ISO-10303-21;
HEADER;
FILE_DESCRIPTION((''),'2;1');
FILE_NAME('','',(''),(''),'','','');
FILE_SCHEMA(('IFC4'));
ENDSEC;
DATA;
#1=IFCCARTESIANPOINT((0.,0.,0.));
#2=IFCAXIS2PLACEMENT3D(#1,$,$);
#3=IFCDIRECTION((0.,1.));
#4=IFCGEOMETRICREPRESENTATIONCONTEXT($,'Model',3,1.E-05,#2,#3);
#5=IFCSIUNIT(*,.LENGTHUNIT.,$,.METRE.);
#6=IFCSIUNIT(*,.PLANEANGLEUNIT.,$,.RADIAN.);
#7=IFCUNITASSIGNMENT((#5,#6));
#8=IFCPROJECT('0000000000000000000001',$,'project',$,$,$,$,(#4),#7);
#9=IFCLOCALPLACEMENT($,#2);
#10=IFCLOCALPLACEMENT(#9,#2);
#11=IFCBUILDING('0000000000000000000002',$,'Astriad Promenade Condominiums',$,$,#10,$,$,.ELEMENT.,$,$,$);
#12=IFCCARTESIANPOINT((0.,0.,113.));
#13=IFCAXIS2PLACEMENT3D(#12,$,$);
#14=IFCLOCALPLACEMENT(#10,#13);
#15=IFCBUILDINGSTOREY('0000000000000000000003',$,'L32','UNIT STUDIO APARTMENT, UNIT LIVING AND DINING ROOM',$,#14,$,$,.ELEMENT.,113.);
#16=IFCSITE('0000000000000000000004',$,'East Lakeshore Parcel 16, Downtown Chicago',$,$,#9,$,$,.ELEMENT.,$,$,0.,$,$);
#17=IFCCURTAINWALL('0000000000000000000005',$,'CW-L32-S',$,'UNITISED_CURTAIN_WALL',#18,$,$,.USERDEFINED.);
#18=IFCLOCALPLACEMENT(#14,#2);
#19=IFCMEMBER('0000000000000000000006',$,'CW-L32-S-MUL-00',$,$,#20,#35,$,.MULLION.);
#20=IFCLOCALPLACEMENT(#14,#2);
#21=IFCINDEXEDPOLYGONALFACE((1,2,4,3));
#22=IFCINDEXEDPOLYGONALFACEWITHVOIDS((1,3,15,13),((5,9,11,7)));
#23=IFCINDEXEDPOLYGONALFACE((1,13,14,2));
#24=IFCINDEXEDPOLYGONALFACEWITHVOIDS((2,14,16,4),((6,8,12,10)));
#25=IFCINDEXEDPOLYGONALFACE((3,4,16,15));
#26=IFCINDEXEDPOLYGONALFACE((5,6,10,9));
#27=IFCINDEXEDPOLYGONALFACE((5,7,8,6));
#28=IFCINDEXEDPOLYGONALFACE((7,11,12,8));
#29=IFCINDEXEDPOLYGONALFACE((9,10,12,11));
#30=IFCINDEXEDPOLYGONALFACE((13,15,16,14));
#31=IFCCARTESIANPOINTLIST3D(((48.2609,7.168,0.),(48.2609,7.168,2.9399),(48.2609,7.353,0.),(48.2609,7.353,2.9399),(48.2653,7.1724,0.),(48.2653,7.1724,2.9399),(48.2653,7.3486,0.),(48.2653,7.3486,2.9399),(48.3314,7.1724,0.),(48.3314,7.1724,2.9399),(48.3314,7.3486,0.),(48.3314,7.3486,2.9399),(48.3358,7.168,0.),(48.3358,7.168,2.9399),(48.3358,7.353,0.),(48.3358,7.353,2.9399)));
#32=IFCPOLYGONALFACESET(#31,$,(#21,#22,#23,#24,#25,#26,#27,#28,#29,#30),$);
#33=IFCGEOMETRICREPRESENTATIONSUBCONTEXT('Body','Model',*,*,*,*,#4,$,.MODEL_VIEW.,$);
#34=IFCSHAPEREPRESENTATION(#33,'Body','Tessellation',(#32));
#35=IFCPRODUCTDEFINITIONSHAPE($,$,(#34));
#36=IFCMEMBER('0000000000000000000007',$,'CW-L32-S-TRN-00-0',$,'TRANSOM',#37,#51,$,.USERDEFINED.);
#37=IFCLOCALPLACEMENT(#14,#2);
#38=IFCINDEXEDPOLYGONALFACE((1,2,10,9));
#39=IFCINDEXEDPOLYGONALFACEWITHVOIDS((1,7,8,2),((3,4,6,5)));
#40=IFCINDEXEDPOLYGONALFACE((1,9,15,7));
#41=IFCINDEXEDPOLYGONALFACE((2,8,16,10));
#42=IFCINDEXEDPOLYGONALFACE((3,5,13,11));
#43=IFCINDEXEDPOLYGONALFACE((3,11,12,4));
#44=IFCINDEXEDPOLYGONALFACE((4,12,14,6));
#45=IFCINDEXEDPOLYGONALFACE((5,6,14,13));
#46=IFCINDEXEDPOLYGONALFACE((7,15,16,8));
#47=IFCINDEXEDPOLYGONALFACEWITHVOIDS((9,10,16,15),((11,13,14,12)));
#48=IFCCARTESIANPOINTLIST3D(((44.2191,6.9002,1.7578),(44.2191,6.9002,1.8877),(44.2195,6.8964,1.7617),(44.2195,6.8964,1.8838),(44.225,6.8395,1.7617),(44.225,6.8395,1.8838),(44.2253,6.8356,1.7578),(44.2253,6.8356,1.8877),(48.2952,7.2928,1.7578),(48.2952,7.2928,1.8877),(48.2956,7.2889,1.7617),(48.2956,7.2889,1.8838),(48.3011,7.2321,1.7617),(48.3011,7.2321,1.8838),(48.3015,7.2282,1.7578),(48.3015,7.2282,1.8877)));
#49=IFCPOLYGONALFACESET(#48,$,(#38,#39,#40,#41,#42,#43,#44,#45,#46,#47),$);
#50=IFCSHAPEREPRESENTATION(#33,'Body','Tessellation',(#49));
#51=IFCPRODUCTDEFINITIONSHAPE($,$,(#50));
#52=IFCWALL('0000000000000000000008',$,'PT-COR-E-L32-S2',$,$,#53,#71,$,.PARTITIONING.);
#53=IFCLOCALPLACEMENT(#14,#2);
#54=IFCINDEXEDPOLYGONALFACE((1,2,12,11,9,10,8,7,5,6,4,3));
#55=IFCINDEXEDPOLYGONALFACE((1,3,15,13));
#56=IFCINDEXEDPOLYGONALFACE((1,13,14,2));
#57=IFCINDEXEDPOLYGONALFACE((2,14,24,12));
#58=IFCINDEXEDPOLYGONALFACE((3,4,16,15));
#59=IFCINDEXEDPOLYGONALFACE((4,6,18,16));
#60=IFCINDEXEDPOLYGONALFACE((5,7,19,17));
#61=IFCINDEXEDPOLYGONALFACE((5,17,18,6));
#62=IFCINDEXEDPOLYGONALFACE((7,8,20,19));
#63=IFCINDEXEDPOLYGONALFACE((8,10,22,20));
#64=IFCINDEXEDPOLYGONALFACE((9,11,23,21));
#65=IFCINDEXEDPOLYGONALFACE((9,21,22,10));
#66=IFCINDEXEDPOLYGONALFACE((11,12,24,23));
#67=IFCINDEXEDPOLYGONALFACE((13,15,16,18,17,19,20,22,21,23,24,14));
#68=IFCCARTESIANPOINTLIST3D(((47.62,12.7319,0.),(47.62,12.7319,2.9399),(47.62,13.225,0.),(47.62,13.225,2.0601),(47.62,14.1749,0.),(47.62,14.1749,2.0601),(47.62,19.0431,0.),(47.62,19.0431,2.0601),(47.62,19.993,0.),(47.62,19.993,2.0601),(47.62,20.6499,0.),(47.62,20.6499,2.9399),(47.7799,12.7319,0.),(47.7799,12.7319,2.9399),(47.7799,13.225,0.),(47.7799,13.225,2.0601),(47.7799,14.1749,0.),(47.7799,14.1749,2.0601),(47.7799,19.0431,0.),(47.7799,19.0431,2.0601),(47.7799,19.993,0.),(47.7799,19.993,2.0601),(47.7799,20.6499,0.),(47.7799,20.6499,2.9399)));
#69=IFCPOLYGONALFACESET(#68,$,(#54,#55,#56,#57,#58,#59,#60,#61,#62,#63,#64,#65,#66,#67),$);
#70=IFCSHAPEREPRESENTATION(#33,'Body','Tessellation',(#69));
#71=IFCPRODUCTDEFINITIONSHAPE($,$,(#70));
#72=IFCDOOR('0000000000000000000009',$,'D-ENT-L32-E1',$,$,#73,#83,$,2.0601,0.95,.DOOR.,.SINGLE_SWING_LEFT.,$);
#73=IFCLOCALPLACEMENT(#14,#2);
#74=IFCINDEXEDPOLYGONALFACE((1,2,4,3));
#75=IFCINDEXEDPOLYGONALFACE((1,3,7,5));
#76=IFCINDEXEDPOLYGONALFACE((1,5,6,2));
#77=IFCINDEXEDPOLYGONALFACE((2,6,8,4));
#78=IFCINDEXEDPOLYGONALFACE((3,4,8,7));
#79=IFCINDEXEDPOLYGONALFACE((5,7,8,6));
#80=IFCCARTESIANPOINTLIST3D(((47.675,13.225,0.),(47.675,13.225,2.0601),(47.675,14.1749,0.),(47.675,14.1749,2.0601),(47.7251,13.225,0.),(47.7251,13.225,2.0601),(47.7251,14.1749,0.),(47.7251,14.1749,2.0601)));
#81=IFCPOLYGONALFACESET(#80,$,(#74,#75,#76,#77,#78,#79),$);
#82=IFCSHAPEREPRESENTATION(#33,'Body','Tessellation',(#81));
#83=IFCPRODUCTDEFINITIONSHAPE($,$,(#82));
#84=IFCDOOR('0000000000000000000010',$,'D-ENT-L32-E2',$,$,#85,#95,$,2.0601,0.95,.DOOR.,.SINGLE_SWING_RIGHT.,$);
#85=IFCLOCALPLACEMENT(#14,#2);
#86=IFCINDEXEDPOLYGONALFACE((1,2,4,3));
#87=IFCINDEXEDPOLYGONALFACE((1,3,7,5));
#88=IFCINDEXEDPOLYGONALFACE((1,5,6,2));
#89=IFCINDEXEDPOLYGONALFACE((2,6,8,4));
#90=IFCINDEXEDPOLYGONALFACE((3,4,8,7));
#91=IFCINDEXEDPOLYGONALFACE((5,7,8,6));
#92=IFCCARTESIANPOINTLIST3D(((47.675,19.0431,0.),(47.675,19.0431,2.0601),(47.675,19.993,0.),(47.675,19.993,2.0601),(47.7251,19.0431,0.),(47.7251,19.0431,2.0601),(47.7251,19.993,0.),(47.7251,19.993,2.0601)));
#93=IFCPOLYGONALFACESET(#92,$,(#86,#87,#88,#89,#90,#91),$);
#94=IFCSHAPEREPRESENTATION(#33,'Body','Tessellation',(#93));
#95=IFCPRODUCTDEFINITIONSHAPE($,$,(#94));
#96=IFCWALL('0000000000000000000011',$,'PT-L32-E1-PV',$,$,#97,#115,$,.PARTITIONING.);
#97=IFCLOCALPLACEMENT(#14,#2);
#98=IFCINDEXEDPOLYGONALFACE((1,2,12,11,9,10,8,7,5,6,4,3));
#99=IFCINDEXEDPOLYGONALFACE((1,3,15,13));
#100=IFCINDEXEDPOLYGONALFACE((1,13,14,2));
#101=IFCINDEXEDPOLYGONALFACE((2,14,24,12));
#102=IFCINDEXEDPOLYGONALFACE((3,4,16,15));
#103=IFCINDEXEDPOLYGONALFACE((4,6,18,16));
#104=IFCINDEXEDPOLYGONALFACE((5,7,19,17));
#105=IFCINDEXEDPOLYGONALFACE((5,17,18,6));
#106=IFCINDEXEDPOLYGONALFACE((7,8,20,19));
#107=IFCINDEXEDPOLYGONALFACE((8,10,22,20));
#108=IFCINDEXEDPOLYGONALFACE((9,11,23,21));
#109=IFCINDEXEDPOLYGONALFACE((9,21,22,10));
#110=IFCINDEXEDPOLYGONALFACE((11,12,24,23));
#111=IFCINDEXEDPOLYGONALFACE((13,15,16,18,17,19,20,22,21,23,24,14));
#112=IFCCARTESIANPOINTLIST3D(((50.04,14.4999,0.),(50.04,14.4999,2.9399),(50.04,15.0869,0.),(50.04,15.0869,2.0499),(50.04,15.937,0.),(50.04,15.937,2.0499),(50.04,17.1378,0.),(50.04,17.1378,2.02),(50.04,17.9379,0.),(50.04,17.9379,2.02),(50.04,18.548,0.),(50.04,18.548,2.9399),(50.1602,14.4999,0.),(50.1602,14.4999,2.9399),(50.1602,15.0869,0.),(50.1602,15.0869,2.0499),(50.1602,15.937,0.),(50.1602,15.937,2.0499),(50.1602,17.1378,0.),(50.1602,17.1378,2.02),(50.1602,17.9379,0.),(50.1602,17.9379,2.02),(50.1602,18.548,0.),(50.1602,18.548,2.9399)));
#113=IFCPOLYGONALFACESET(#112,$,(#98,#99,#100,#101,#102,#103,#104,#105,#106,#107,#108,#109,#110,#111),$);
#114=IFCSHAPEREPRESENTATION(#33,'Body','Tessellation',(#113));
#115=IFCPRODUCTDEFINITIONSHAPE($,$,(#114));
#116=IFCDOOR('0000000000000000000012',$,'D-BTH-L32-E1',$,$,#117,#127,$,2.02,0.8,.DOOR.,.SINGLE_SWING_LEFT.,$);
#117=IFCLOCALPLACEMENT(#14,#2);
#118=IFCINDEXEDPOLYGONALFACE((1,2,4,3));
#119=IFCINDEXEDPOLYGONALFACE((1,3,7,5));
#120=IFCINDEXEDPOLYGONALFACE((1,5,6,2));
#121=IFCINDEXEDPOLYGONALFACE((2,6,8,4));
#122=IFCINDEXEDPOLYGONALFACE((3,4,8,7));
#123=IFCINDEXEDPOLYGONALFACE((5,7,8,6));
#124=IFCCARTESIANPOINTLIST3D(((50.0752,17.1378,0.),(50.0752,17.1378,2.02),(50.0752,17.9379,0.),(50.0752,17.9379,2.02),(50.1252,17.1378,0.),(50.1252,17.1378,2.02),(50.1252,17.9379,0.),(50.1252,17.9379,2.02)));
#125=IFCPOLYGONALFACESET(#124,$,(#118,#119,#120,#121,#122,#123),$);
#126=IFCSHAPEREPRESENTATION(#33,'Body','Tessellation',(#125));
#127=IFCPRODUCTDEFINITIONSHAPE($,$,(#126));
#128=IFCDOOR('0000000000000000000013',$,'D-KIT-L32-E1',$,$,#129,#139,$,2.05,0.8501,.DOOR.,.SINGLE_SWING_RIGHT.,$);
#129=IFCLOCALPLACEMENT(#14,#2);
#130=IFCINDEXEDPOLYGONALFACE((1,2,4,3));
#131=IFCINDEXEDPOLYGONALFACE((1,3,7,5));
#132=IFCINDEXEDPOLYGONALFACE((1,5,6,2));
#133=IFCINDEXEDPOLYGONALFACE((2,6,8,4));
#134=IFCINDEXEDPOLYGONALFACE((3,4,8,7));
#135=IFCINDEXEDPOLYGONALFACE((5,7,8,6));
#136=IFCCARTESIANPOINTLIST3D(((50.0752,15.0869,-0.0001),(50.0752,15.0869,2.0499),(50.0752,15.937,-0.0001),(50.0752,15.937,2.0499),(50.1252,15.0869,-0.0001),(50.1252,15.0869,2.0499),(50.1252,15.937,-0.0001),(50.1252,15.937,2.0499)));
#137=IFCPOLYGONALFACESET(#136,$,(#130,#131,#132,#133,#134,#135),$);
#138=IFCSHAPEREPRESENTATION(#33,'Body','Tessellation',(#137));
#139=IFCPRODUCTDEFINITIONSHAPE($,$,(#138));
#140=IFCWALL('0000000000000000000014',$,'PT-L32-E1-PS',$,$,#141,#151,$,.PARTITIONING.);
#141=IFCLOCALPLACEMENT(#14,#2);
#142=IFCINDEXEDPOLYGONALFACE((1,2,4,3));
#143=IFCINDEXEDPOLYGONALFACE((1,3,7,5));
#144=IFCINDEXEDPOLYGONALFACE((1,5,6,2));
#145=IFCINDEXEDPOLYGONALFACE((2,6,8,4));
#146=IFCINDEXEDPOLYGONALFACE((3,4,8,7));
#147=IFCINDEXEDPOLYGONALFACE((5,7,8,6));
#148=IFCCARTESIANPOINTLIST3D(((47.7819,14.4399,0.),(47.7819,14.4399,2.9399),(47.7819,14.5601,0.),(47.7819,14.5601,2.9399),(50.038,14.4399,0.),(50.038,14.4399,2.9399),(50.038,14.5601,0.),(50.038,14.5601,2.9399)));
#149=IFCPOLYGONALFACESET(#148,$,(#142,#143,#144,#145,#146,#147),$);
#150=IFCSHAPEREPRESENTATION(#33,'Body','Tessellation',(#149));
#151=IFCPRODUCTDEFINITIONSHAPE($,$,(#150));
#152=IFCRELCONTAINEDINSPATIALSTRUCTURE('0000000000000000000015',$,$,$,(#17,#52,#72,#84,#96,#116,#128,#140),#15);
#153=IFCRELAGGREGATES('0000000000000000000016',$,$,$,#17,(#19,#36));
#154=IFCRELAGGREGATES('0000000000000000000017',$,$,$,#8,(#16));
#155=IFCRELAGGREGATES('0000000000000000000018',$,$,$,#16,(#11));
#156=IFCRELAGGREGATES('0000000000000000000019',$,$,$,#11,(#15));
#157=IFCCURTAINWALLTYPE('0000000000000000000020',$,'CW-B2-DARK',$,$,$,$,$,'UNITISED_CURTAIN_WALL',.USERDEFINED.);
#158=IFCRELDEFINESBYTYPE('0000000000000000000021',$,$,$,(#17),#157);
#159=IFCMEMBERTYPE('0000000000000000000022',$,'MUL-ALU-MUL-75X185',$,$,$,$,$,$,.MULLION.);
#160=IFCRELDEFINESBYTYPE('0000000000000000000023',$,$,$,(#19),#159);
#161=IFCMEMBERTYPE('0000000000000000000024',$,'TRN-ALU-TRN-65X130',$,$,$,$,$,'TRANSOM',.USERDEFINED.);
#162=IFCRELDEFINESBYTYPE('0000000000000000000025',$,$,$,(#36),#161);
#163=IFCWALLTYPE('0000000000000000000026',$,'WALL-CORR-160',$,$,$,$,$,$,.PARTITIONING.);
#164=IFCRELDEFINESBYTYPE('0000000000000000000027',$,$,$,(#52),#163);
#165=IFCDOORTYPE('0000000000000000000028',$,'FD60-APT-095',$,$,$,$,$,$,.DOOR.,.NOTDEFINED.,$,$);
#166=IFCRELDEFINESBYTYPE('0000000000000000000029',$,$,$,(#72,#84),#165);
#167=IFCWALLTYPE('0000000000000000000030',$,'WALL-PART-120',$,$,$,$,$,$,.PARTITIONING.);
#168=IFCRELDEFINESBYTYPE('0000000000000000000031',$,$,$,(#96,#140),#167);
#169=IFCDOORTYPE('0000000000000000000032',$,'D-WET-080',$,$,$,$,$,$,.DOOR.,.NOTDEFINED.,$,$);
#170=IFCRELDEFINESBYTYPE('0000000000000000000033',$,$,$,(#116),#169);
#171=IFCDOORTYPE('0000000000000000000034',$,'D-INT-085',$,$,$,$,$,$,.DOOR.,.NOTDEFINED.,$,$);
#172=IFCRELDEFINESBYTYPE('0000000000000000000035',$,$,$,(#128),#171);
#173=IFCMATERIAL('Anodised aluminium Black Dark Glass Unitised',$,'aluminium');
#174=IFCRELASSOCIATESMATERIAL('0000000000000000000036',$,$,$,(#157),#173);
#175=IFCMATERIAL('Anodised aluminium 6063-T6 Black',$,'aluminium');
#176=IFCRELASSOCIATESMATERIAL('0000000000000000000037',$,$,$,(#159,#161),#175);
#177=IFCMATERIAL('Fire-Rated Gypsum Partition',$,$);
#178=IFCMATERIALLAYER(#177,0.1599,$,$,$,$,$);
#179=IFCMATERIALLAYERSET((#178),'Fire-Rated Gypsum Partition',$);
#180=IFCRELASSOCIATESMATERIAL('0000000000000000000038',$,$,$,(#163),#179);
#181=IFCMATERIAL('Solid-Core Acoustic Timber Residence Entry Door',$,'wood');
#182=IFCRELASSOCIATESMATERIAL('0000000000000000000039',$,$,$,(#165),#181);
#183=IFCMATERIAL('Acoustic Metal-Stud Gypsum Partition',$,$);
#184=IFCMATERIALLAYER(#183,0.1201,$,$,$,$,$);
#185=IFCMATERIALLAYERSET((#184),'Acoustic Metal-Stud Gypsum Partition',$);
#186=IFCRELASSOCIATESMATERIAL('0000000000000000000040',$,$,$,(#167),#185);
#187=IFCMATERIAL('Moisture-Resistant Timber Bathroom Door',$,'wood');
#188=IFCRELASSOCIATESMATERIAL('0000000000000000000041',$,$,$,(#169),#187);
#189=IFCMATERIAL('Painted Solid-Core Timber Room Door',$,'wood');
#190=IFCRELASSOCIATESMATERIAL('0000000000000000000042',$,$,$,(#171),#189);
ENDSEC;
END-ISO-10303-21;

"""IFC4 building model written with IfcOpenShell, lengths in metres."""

from ifc_helpers import new_model, si_unit, direction, frame, frame_2d, origin, origin_2d, place, context, subcontext, project, spatial, rectangle, hollow_rectangle, extrude, source, transform, mapped, material, layer, layer_set, material_profile, profile_set, type_object, type_shapes, element, fill, aggregate, save


model = new_model("IFC4")

# Units and contexts
model_context = context("Model", 3, precision=1e-05, world=origin(), true_north=direction((0.0, 1.0)))
body_context = subcontext(model_context, "Body", "Model", "MODEL_VIEW")
ifc_project = project(units=[si_unit("LENGTHUNIT", "METRE"), si_unit("PLANEANGLEUNIT", "RADIAN")], contexts=[model_context])

# Site, building, storey
site_placement = place(None, origin())
site = spatial("IfcSite", under=ifc_project, at=site_placement, Name="East Lakeshore Parcel 16, Downtown Chicago", CompositionType="ELEMENT", RefElevation=0.0)
building_placement = place(site_placement, origin())
building = spatial("IfcBuilding", under=site, at=building_placement, Name="Astriad Promenade Condominiums", CompositionType="ELEMENT")
storey_placement = place(building_placement, frame((0.0, 0.0, 113.0)))
storey = spatial("IfcBuildingStorey", under=building, at=storey_placement, Name="L32", Description="UNIT STUDIO APARTMENT, UNIT LIVING AND DINING ROOM", CompositionType="ELEMENT", Elevation=113.0)

# Curtain wall, members
ifc_material_1 = material(Name="Anodised aluminium Black Dark Glass Unitised", Category="aluminium")
curtain_wall_type = type_object("IfcCurtainWallType", Name="CW-B2-DARK", ElementType="UNITISED_CURTAIN_WALL", PredefinedType="USERDEFINED", material=ifc_material_1)
curtain_wall_placement = place(storey_placement, origin())
curtain_wall = element("IfcCurtainWall", 1, at=curtain_wall_placement, inside=storey, type_object=curtain_wall_type, Name="CW-L32-S", ObjectType="UNITISED_CURTAIN_WALL", PredefinedType="USERDEFINED")
ifc_material_2 = material(Name="Anodised aluminium 6063-T6 Black", Category="aluminium")
ifc_material_profile_1 = material_profile(ifc_material_2, hollow_rectangle(XDim=0.075, YDim=0.1851, WallThickness=0.0044, at=origin_2d()), Name="ALU-MUL-75X185")
ifc_profile_set_1 = profile_set([ifc_material_profile_1], Name="Anodised aluminium 6063-T6 Black")
member_type_1 = type_object("IfcMemberType", Name="MUL-ALU-MUL-75X185", PredefinedType="MULLION", material=ifc_profile_set_1)
shared_shape_1 = source(origin(), body_context, "Body", "SweptSolid", [
    extrude(hollow_rectangle(XDim=0.075, YDim=0.1851, WallThickness=0.0044, at=origin_2d()), origin(), (0.0, 0.0, 1.0), 2.9399),
])
type_shapes(member_type_1, [shared_shape_1])
member_1_placement = place(storey_placement, frame((48.2983, 7.2605, 0.0), z_axis=(0.0, 0.0, 1.0), x_axis=(1.0, 0.0, 0.0)))
member_1 = element("IfcMember", 2, at=member_1_placement, type_object=member_type_1, Name="CW-L32-S-MUL-00", PredefinedType="MULLION", context=body_context, shape_type="MappedRepresentation", body=[
    mapped(shared_shape_1, transform((0.0, 0.0, 0.0), scale=1.0)),
])
ifc_material_profile_2 = material_profile(ifc_material_2, hollow_rectangle(XDim=0.0649, YDim=0.1299, WallThickness=0.0039, at=origin_2d()), Name="ALU-TRN-65X130")
ifc_profile_set_2 = profile_set([ifc_material_profile_2], Name="Anodised aluminium 6063-T6 Black")
member_type_2 = type_object("IfcMemberType", Name="TRN-ALU-TRN-65X130", ElementType="TRANSOM", PredefinedType="USERDEFINED", material=ifc_profile_set_2)
shared_shape_2 = source(origin(), body_context, "Body", "SweptSolid", [
    extrude(hollow_rectangle(XDim=0.0649, YDim=0.1299, WallThickness=0.0039, at=origin_2d()), origin(), (0.0, 0.0, 1.0), 4.095),
])
type_shapes(member_type_2, [shared_shape_2])
member_2_placement = place(storey_placement, frame((48.2983, 7.2605, 1.8228), z_axis=(-0.995394, -0.095867, 0.0), x_axis=(0.095867, -0.995394, 0.0)))
member_2 = element("IfcMember", 3, at=member_2_placement, type_object=member_type_2, Name="CW-L32-S-TRN-00-0", ObjectType="TRANSOM", PredefinedType="USERDEFINED", context=body_context, shape_type="MappedRepresentation", body=[
    mapped(shared_shape_2, transform((0.0, 0.0, 0.0), scale=1.0)),
])
aggregate(curtain_wall, [member_1, member_2])

# Walls, openings, doors
ifc_material_3 = material(Name="Fire-Rated Gypsum Partition")
ifc_layer_1 = layer(ifc_material_3, 0.1599)
ifc_layer_set_1 = layer_set([ifc_layer_1], Name="Fire-Rated Gypsum Partition")
wall_type_1 = type_object("IfcWallType", Name="WALL-CORR-160", PredefinedType="PARTITIONING", material=ifc_layer_set_1)
wall_1_placement = place(storey_placement, frame((47.7, 12.7319, 0.0), z_axis=(0.0, 0.0, 1.0), x_axis=(0.0, 1.0, 0.0)))
wall_1 = element("IfcWall", 4, at=wall_1_placement, inside=storey, type_object=wall_type_1, Name="PT-COR-E-L32-S2", PredefinedType="PARTITIONING", context=body_context, shape_type="SweptSolid", body=[
    extrude(rectangle(XDim=7.918, YDim=0.1599, at=frame_2d((3.959, 0.0))), origin(), (0.0, 0.0, 1.0), 2.9399),
])
opening_1_placement = place(wall_1_placement, frame((0.4929, 0.0, 0.0)))
opening_1 = element("IfcOpeningElement", 5, at=opening_1_placement, cuts=wall_1, PredefinedType="OPENING", context=body_context, shape_type="SweptSolid", body=[
    extrude(rectangle(XDim=0.95, YDim=2.0601, at=frame_2d((0.4751, 1.03))), frame((0.0, 0.0898, 0.0), z_axis=(0.0, -1.0, 0.0), x_axis=(1.0, 0.0, 0.0)), (0.0, 0.0, 1.0), 0.1799),
])
opening_2_placement = place(wall_1_placement, frame((6.311, 0.0, 0.0)))
opening_2 = element("IfcOpeningElement", 6, at=opening_2_placement, cuts=wall_1, PredefinedType="OPENING", context=body_context, shape_type="SweptSolid", body=[
    extrude(rectangle(XDim=0.95, YDim=2.0601, at=frame_2d((0.4751, 1.03))), frame((0.0, 0.0898, 0.0), z_axis=(0.0, -1.0, 0.0), x_axis=(1.0, 0.0, 0.0)), (0.0, 0.0, 1.0), 0.1799),
])
ifc_material_4 = material(Name="Solid-Core Acoustic Timber Residence Entry Door", Category="wood")
door_type_1 = type_object("IfcDoorType", Name="FD60-APT-095", OperationType="NOTDEFINED", PredefinedType="DOOR", material=ifc_material_4)
shared_shape_3 = source(origin(), body_context, "Body", "SweptSolid", [
    extrude(rectangle(XDim=0.95, YDim=2.0601, at=frame_2d((0.4751, 1.03))), frame((0.0, 0.0249, 0.0), z_axis=(0.0, -1.0, 0.0), x_axis=(1.0, 0.0, 0.0)), (0.0, 0.0, 1.0), 0.05),
])
type_shapes(door_type_1, [shared_shape_3])
door_1_placement = place(opening_1_placement, origin())
door_1 = element("IfcDoor", 7, at=door_1_placement, inside=storey, type_object=door_type_1, Name="D-ENT-L32-E1", OperationType="SINGLE_SWING_LEFT", OverallHeight=2.0601, OverallWidth=0.95, PredefinedType="DOOR", context=body_context, shape_type="MappedRepresentation", body=[
    mapped(shared_shape_3, transform((0.0, 0.0, 0.0), scale=1.0)),
])
fill(opening_1, door_1)
door_2_placement = place(opening_2_placement, origin())
door_2 = element("IfcDoor", 8, at=door_2_placement, inside=storey, type_object=door_type_1, Name="D-ENT-L32-E2", OperationType="SINGLE_SWING_RIGHT", OverallHeight=2.0601, OverallWidth=0.95, PredefinedType="DOOR", context=body_context, shape_type="MappedRepresentation", body=[
    mapped(shared_shape_3, transform((0.0, 0.0, 0.0), scale=1.0)),
])
fill(opening_2, door_2)
ifc_material_5 = material(Name="Acoustic Metal-Stud Gypsum Partition")
ifc_layer_2 = layer(ifc_material_5, 0.1201)
ifc_layer_set_2 = layer_set([ifc_layer_2], Name="Acoustic Metal-Stud Gypsum Partition")
wall_type_2 = type_object("IfcWallType", Name="WALL-PART-120", PredefinedType="PARTITIONING", material=ifc_layer_set_2)
wall_2_placement = place(storey_placement, frame((50.1001, 14.5, 0.0), z_axis=(0.0, 0.0, 1.0), x_axis=(0.0, 1.0, 0.0)))
wall_2 = element("IfcWall", 9, at=wall_2_placement, inside=storey, type_object=wall_type_2, Name="PT-L32-E1-PV", PredefinedType="PARTITIONING", context=body_context, shape_type="SweptSolid", body=[
    extrude(rectangle(XDim=4.0481, YDim=0.1201, at=frame_2d((2.0239, 0.0))), origin(), (0.0, 0.0, 1.0), 2.9399),
])
opening_3_placement = place(wall_2_placement, frame((0.5869, 0.0, 0.0)))
opening_3 = element("IfcOpeningElement", 10, at=opening_3_placement, cuts=wall_2, PredefinedType="OPENING", context=body_context, shape_type="SweptSolid", body=[
    extrude(rectangle(XDim=0.8501, YDim=2.05, at=frame_2d((0.425, 1.0249))), frame((0.0, 0.0701, 0.0), z_axis=(0.0, -1.0, 0.0), x_axis=(1.0, 0.0, 0.0)), (0.0, 0.0, 1.0), 0.1401),
])
opening_4_placement = place(wall_2_placement, frame((2.6379, 0.0, 0.0)))
opening_4 = element("IfcOpeningElement", 11, at=opening_4_placement, cuts=wall_2, PredefinedType="OPENING", context=body_context, shape_type="SweptSolid", body=[
    extrude(rectangle(XDim=0.8, YDim=2.02, at=frame_2d((0.3999, 1.01))), frame((0.0, 0.0701, 0.0), z_axis=(0.0, -1.0, 0.0), x_axis=(1.0, 0.0, 0.0)), (0.0, 0.0, 1.0), 0.1401),
])
ifc_material_6 = material(Name="Moisture-Resistant Timber Bathroom Door", Category="wood")
door_type_2 = type_object("IfcDoorType", Name="D-WET-080", OperationType="NOTDEFINED", PredefinedType="DOOR", material=ifc_material_6)
shared_shape_4 = source(origin(), body_context, "Body", "SweptSolid", [
    extrude(rectangle(XDim=0.8, YDim=2.02, at=frame_2d((0.3999, 1.01))), frame((0.0, 0.0249, 0.0), z_axis=(0.0, -1.0, 0.0), x_axis=(1.0, 0.0, 0.0)), (0.0, 0.0, 1.0), 0.05),
])
type_shapes(door_type_2, [shared_shape_4])
door_3_placement = place(opening_4_placement, origin())
door_3 = element("IfcDoor", 12, at=door_3_placement, inside=storey, type_object=door_type_2, Name="D-BTH-L32-E1", OperationType="SINGLE_SWING_LEFT", OverallHeight=2.02, OverallWidth=0.8, PredefinedType="DOOR", context=body_context, shape_type="MappedRepresentation", body=[
    mapped(shared_shape_4, transform((0.0, 0.0, 0.0), scale=1.0)),
])
fill(opening_4, door_3)
ifc_material_7 = material(Name="Painted Solid-Core Timber Room Door", Category="wood")
door_type_3 = type_object("IfcDoorType", Name="D-INT-085", OperationType="NOTDEFINED", PredefinedType="DOOR", material=ifc_material_7)
shared_shape_5 = source(origin(), body_context, "Body", "SweptSolid", [
    extrude(rectangle(XDim=0.8501, YDim=2.05, at=frame_2d((0.425, 1.0249))), frame((0.0, 0.0249, 0.0), z_axis=(0.0, -1.0, 0.0), x_axis=(1.0, 0.0, 0.0)), (0.0, 0.0, 1.0), 0.05),
])
type_shapes(door_type_3, [shared_shape_5])
door_4_placement = place(opening_3_placement, origin())
door_4 = element("IfcDoor", 13, at=door_4_placement, inside=storey, type_object=door_type_3, Name="D-KIT-L32-E1", OperationType="SINGLE_SWING_RIGHT", OverallHeight=2.05, OverallWidth=0.8501, PredefinedType="DOOR", context=body_context, shape_type="MappedRepresentation", body=[
    mapped(shared_shape_5, transform((0.0, 0.0, 0.0), scale=1.0)),
])
fill(opening_3, door_4)

# Wall
wall_3_placement = place(storey_placement, frame((47.782, 14.5, 0.0), z_axis=(0.0, 0.0, 1.0), x_axis=(1.0, 0.0, 0.0)))
element("IfcWall", 14, at=wall_3_placement, inside=storey, type_object=wall_type_2, Name="PT-L32-E1-PS", PredefinedType="PARTITIONING", context=body_context, shape_type="SweptSolid", body=[
    extrude(rectangle(XDim=2.2561, YDim=0.1201, at=frame_2d((1.1279, 0.0))), origin(), (0.0, 0.0, 1.0), 2.9399),
])

save(model, "model.ifc")
